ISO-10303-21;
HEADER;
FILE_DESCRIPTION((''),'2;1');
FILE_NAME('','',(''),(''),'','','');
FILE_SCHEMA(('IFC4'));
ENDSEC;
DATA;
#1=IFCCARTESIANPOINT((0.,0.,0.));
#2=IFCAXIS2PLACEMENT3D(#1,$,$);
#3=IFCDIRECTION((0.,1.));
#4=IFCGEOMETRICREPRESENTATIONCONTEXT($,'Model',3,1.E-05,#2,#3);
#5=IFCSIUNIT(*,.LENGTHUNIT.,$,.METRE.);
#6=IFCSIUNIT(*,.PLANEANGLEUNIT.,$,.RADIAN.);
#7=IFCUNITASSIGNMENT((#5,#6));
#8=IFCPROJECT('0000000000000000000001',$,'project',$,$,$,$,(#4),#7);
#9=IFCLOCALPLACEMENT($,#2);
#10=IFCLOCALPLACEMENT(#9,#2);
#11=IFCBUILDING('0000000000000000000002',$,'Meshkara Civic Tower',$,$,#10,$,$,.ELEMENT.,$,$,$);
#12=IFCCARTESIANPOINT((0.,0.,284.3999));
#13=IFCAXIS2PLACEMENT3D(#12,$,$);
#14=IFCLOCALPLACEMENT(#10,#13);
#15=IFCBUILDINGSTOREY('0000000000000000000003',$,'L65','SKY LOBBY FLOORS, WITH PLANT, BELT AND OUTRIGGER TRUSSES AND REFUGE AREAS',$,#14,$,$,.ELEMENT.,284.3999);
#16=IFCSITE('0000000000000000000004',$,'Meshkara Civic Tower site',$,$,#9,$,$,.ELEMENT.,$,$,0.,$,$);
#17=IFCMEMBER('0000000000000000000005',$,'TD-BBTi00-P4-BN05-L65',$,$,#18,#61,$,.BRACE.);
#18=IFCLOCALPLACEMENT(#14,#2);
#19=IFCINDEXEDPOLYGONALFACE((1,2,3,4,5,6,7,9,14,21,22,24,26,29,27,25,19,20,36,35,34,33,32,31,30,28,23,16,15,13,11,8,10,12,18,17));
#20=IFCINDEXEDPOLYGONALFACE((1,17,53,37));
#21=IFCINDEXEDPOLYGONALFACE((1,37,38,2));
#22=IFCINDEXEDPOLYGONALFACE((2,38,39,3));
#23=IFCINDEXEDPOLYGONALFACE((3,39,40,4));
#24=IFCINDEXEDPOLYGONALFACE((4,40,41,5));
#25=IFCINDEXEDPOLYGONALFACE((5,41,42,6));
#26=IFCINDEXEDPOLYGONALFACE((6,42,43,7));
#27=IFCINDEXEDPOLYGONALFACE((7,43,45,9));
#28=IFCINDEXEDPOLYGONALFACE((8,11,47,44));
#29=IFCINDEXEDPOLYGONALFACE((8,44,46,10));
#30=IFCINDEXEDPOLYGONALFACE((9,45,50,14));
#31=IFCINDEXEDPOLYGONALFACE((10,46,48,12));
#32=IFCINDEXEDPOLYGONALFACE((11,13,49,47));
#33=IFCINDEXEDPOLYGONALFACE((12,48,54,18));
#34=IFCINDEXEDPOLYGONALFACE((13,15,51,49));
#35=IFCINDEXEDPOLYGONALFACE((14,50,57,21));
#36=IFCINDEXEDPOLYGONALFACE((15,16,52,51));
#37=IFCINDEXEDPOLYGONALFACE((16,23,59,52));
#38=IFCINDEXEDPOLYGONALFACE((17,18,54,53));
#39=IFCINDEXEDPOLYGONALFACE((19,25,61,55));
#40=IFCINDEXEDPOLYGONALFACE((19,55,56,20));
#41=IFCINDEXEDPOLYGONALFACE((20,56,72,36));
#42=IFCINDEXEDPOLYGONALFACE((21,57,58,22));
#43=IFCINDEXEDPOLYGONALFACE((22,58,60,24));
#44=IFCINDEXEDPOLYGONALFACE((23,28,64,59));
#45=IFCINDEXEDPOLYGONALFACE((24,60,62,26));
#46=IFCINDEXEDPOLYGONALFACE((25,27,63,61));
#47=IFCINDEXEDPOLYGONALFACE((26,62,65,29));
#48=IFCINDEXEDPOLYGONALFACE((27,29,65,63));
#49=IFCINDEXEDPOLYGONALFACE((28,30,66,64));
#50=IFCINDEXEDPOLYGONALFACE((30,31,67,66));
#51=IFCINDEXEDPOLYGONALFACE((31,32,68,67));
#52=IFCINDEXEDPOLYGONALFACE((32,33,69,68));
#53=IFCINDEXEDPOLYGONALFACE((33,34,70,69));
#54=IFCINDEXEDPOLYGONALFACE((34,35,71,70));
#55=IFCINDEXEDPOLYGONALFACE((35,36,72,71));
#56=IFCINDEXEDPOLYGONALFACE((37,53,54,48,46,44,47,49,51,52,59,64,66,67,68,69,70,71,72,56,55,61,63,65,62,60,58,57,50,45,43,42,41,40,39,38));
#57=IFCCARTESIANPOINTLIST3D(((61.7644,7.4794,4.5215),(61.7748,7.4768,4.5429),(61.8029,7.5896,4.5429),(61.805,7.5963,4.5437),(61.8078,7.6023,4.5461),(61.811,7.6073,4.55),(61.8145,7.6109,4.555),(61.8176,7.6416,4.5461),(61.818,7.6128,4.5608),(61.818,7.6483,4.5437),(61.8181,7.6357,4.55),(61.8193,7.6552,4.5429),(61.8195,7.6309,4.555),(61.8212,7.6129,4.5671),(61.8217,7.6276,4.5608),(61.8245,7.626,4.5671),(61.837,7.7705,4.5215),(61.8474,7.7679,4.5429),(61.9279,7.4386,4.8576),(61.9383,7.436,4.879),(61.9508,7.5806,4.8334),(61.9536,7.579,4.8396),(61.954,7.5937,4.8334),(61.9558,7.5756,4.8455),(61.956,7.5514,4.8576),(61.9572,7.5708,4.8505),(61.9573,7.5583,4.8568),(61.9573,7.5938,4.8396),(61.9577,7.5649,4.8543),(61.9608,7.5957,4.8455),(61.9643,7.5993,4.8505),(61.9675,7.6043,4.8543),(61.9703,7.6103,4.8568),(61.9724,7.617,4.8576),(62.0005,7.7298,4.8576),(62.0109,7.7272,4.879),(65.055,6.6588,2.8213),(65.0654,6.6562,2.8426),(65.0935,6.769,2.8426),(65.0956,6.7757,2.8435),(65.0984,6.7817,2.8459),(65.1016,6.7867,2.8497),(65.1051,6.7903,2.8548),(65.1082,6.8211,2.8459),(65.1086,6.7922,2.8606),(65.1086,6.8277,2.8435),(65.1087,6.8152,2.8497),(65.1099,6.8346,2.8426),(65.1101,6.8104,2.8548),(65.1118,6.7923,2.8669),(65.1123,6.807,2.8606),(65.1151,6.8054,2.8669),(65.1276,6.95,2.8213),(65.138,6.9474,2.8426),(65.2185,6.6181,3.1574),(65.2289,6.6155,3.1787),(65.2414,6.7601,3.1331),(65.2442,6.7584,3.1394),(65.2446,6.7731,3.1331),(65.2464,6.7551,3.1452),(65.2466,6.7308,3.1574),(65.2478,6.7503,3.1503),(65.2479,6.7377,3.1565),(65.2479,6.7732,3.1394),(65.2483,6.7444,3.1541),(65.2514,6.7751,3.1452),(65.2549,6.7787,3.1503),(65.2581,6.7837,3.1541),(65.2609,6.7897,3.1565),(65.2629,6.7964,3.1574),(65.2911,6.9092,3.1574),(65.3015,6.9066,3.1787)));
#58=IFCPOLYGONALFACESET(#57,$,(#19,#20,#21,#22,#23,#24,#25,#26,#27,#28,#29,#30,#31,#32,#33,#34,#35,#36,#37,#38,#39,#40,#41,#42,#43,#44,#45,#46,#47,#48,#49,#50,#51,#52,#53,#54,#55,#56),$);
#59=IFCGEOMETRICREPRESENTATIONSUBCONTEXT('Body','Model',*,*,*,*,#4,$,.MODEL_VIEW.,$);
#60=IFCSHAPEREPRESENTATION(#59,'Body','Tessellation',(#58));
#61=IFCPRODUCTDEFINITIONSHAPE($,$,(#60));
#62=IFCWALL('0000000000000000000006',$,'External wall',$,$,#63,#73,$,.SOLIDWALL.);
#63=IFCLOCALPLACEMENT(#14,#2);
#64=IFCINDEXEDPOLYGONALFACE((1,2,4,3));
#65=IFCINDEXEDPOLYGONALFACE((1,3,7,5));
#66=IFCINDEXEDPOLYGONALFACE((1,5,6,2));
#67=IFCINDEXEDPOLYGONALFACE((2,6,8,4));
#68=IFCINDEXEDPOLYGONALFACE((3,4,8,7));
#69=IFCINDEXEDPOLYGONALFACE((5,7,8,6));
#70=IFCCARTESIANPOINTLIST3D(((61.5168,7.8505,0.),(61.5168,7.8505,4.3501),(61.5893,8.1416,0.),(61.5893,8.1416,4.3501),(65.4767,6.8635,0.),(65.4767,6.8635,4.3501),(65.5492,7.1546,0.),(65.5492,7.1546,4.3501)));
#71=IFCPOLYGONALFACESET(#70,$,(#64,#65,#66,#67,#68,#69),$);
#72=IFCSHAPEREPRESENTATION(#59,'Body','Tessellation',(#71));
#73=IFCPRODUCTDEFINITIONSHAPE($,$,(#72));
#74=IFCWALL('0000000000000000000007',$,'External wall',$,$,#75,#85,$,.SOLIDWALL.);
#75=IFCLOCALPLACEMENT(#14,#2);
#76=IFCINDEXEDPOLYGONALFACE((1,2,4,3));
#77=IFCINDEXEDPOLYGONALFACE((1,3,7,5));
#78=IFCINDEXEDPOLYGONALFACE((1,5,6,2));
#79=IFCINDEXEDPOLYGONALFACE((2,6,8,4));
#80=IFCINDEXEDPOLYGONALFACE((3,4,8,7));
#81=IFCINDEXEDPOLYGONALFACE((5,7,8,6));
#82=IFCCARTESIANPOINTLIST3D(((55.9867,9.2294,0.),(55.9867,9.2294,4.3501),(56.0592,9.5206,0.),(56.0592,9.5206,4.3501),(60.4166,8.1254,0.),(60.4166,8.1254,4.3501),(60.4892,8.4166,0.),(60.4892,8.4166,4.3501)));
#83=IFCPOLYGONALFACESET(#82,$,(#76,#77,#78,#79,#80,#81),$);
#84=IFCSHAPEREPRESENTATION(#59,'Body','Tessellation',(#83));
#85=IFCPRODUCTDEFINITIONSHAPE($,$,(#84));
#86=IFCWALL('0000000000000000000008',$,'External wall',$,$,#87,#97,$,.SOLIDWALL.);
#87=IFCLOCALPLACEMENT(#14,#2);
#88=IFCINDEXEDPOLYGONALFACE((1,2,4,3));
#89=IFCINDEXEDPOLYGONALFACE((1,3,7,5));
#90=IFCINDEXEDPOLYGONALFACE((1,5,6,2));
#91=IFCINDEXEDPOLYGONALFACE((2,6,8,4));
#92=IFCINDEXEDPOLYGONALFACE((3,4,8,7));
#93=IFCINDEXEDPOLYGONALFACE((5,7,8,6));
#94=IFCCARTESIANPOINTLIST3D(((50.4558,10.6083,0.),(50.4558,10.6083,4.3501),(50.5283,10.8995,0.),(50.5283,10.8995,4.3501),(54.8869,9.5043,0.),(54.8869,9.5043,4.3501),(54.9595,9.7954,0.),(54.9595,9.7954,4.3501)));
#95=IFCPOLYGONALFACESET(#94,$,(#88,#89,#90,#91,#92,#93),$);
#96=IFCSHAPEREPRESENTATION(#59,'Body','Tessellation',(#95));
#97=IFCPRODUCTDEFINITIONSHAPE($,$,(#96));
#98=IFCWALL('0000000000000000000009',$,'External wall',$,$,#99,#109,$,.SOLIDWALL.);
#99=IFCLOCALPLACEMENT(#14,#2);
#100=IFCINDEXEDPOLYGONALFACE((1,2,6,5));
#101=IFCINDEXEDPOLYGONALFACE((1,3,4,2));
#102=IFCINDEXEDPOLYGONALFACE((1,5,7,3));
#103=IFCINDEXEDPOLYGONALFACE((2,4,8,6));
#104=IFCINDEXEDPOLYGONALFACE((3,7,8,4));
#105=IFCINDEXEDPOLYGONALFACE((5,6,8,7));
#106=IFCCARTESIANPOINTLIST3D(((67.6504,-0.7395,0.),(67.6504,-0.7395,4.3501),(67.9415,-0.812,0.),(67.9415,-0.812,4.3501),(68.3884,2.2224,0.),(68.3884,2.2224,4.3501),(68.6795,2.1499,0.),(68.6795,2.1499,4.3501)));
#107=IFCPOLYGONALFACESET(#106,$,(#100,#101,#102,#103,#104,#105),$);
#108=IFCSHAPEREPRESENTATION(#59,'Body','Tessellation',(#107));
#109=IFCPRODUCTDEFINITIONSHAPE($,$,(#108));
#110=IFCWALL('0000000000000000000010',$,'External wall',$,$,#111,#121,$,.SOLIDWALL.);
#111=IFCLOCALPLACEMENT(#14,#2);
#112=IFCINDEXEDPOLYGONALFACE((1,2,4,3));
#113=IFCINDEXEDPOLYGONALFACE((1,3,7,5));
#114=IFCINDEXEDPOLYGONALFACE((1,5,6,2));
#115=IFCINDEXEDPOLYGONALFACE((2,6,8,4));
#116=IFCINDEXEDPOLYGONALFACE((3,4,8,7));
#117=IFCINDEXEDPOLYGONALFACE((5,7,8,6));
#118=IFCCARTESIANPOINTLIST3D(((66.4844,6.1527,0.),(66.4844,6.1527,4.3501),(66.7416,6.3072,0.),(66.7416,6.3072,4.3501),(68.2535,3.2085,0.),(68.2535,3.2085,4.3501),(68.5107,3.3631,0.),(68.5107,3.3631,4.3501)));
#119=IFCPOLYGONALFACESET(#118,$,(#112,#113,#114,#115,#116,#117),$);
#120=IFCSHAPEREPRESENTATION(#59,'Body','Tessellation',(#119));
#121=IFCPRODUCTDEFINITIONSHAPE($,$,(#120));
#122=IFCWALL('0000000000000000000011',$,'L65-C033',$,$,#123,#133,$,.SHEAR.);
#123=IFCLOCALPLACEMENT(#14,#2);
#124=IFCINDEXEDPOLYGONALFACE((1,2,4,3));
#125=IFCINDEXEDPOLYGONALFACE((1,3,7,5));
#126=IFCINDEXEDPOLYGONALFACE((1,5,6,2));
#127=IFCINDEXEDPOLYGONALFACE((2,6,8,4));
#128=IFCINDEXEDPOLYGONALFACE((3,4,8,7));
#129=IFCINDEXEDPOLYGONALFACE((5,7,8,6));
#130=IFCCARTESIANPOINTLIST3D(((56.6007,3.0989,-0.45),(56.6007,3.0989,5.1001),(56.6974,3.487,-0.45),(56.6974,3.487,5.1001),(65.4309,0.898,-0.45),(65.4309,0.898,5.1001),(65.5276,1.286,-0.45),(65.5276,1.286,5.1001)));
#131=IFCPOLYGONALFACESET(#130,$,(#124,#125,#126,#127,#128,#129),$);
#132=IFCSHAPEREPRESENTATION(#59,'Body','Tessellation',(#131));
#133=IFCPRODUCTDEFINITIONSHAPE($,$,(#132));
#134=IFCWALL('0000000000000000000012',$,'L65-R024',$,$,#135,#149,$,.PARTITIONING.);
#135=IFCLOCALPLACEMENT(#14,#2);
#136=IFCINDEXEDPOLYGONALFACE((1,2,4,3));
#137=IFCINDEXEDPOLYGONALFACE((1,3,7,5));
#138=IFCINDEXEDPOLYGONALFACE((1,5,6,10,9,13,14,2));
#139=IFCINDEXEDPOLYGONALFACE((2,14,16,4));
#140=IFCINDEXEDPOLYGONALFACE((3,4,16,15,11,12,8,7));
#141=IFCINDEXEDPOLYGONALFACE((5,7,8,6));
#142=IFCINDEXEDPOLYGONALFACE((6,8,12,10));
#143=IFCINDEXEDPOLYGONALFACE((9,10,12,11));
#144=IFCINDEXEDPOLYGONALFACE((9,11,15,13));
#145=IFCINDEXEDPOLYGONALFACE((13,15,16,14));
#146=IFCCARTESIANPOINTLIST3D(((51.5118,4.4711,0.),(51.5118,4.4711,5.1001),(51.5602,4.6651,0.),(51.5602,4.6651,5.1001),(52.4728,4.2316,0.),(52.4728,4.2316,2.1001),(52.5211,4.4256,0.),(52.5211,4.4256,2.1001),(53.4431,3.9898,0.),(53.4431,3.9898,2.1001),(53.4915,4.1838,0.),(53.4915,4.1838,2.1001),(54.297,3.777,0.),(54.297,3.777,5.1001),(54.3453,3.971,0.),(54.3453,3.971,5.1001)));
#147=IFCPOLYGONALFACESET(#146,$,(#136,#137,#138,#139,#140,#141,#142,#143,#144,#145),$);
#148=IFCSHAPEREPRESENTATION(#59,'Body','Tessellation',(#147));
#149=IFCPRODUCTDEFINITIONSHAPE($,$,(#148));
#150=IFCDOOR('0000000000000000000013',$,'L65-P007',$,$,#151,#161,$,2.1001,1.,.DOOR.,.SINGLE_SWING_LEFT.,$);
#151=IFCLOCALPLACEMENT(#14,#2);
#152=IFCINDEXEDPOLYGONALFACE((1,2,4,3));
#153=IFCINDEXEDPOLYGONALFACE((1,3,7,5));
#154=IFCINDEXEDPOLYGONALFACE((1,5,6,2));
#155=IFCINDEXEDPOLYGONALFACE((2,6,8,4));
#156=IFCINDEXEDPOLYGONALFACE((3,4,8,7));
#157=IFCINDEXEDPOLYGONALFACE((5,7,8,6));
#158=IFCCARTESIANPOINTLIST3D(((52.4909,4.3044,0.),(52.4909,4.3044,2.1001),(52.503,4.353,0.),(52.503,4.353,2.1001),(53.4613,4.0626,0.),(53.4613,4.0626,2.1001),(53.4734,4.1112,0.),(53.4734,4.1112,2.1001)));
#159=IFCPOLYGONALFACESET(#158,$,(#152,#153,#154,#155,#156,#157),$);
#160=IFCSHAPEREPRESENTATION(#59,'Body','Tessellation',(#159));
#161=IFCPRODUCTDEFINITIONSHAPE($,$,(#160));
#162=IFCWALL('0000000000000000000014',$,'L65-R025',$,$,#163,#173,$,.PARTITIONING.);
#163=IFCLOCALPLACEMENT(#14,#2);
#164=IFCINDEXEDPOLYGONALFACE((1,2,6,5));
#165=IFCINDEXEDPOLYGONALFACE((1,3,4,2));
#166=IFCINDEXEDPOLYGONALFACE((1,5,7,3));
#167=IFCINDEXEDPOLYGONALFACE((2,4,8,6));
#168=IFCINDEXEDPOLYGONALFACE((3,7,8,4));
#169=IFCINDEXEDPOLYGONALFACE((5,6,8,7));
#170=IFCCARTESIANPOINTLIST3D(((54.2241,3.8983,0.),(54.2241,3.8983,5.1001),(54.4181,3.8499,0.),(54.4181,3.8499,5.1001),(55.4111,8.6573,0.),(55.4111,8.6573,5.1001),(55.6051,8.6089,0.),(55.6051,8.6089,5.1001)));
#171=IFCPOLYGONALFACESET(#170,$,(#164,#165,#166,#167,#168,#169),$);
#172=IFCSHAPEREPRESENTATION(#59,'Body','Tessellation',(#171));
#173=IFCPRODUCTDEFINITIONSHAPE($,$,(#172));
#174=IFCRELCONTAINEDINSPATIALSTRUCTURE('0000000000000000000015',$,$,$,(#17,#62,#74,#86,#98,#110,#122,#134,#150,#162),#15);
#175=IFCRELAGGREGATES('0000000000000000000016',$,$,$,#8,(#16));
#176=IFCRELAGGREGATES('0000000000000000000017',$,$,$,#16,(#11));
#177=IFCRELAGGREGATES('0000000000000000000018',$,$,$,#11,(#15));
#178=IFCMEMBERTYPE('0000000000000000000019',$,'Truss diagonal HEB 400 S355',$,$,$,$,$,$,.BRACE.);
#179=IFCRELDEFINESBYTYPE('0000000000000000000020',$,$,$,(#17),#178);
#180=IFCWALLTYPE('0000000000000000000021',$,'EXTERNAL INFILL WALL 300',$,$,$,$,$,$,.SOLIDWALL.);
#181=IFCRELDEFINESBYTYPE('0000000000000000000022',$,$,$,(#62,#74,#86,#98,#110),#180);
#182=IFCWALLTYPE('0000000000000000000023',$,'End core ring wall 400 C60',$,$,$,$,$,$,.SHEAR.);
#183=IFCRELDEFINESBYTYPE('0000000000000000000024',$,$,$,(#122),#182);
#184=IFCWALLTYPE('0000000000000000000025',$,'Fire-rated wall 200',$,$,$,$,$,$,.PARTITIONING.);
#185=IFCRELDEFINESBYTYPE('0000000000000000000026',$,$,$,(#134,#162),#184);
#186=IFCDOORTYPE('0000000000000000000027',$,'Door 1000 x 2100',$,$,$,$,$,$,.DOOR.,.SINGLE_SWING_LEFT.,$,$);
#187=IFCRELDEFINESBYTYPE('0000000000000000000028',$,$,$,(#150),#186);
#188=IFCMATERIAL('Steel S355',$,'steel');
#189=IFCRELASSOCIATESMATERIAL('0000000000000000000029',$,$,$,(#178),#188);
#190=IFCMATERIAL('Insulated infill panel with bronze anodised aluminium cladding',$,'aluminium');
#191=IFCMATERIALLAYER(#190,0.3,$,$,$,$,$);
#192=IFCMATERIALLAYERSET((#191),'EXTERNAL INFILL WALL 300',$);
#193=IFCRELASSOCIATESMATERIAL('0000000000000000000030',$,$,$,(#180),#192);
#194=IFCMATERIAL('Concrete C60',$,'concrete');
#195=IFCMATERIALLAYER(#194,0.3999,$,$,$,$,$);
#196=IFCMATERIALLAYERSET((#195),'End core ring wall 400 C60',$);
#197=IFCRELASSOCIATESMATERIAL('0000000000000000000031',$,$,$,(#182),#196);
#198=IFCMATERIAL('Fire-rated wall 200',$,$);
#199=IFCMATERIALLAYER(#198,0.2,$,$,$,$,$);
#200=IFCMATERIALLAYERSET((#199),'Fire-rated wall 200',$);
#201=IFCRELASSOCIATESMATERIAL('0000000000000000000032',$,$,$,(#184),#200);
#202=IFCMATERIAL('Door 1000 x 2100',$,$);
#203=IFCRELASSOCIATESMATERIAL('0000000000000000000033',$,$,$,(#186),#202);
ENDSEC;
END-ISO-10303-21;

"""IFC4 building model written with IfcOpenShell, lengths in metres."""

from ifc_helpers import new_model, si_unit, direction, frame, frame_2d, origin, origin_2d, place, context, subcontext, project, spatial, rectangle, i_section, extrude, material, layer, layer_set, material_profile, profile_set, type_object, element, fill, save


model = new_model("IFC4")

# Units and contexts
model_context = context("Model", 3, precision=1e-05, world=origin(), true_north=direction((0.0, 1.0)))
body_context = subcontext(model_context, "Body", "Model", "MODEL_VIEW")
ifc_project = project(units=[si_unit("LENGTHUNIT", "METRE"), si_unit("PLANEANGLEUNIT", "RADIAN")], contexts=[model_context])

# Site, building, storey
site_placement = place(None, origin())
site = spatial("IfcSite", under=ifc_project, at=site_placement, Name="Meshkara Civic Tower site", CompositionType="ELEMENT", RefElevation=0.0)
building_placement = place(site_placement, origin())
building = spatial("IfcBuilding", under=site, at=building_placement, Name="Meshkara Civic Tower", CompositionType="ELEMENT")
storey_placement = place(building_placement, frame((0.0, 0.0, 284.3999)))
storey = spatial("IfcBuildingStorey", under=building, at=storey_placement, Name="L65", Description="SKY LOBBY FLOORS, WITH PLANT, BELT AND OUTRIGGER TRUSSES AND REFUGE AREAS", CompositionType="ELEMENT", Elevation=284.3999)

# Member
ifc_material_1 = material(Name="Steel S355", Category="steel")
ifc_material_profile_1 = material_profile(ifc_material_1, i_section(OverallWidth=0.3, OverallDepth=0.3999, WebThickness=0.0134, FlangeThickness=0.0239, FilletRadius=0.0271, at=origin_2d()))
ifc_profile_set_1 = profile_set([ifc_material_profile_1], Name="Steel S355")
member_type = type_object("IfcMemberType", Name="Truss diagonal HEB 400 S355", PredefinedType="BRACE", material=ifc_profile_set_1)
member_1_placement = place(storey_placement, frame((65.1782, 6.7827, 3.0), z_axis=(-0.867385, 0.216299, 0.448172), x_axis=(-0.24196, -0.970286, 0.0)))
element("IfcMember", 1, at=member_1_placement, inside=storey, type_object=member_type, Name="TD-BBTi00-P4-BN05-L65", PredefinedType="BRACE", context=body_context, shape_type="SweptSolid", body=[
    extrude(i_section(OverallWidth=0.3, OverallDepth=0.3999, WebThickness=0.0134, FlangeThickness=0.0239, FilletRadius=0.0271, at=origin_2d()), origin(), (0.0, 0.0, 1.0), 3.7937),
])

# Walls
ifc_material_2 = material(Name="Insulated infill panel with bronze anodised aluminium cladding", Category="aluminium")
ifc_layer_1 = layer(ifc_material_2, 0.3)
ifc_layer_set_1 = layer_set([ifc_layer_1], Name="EXTERNAL INFILL WALL 300")
wall_type_1 = type_object("IfcWallType", Name="EXTERNAL INFILL WALL 300", PredefinedType="SOLIDWALL", material=ifc_layer_set_1)
wall_1_placement = place(storey_placement, frame((65.5129, 7.009, 0.0), z_axis=(0.0, 0.0, 1.0), x_axis=(-0.970311, 0.24186, 0.0)))
element("IfcWall", 2, at=wall_1_placement, inside=storey, type_object=wall_type_1, Name="External wall", PredefinedType="SOLIDWALL", context=body_context, shape_type="SweptSolid", body=[
    extrude(rectangle(XDim=4.0811, YDim=0.3, at=frame_2d((2.0405, 0.0))), origin(), (0.0, 0.0, 1.0), 4.3501),
])
wall_2_placement = place(storey_placement, frame((60.4529, 8.271, 0.0), z_axis=(0.0, 0.0, 1.0), x_axis=(-0.970322, 0.241818, 0.0)))
element("IfcWall", 3, at=wall_2_placement, inside=storey, type_object=wall_type_1, Name="External wall", PredefinedType="SOLIDWALL", context=body_context, shape_type="SweptSolid", body=[
    extrude(rectangle(XDim=4.5654, YDim=0.3, at=frame_2d((2.2827, 0.0))), origin(), (0.0, 0.0, 1.0), 4.3501),
])
wall_3_placement = place(storey_placement, frame((54.9231, 9.6499, 0.0), z_axis=(0.0, 0.0, 1.0), x_axis=(-0.970337, 0.241756, 0.0)))
element("IfcWall", 4, at=wall_3_placement, inside=storey, type_object=wall_type_1, Name="External wall", PredefinedType="SOLIDWALL", context=body_context, shape_type="SweptSolid", body=[
    extrude(rectangle(XDim=4.5667, YDim=0.3, at=frame_2d((2.2832, 0.0))), origin(), (0.0, 0.0, 1.0), 4.3501),
])
wall_4_placement = place(storey_placement, frame((67.7959, -0.7759, 0.0), z_axis=(0.0, 0.0, 1.0), x_axis=(0.241783, 0.97033, 0.0)))
element("IfcWall", 5, at=wall_4_placement, inside=storey, type_object=wall_type_1, Name="External wall", PredefinedType="SOLIDWALL", context=body_context, shape_type="SweptSolid", body=[
    extrude(rectangle(XDim=3.0525, YDim=0.3, at=frame_2d((1.5264, 0.0))), origin(), (0.0, 0.0, 1.0), 4.3501),
])
wall_5_placement = place(storey_placement, frame((68.3821, 3.2859, 0.0), z_axis=(0.0, 0.0, 1.0), x_axis=(-0.51505, 0.85716, 0.0)))
element("IfcWall", 6, at=wall_5_placement, inside=storey, type_object=wall_type_1, Name="External wall", PredefinedType="SOLIDWALL", context=body_context, shape_type="SweptSolid", body=[
    extrude(rectangle(XDim=3.4348, YDim=0.3, at=frame_2d((1.7173, 0.0))), origin(), (0.0, 0.0, 1.0), 4.3501),
])
ifc_material_3 = material(Name="Concrete C60", Category="concrete")
ifc_layer_2 = layer(ifc_material_3, 0.3999)
ifc_layer_set_2 = layer_set([ifc_layer_2], Name="End core ring wall 400 C60")
wall_type_2 = type_object("IfcWallType", Name="End core ring wall 400 C60", PredefinedType="SHEAR", material=ifc_layer_set_2)
wall_6_placement = place(storey_placement, frame((56.6489, 3.293, -0.45), z_axis=(0.0, 0.0, 1.0), x_axis=(0.970313, -0.241854, 0.0)))
element("IfcWall", 7, at=wall_6_placement, inside=storey, type_object=wall_type_2, Name="L65-C033", PredefinedType="SHEAR", context=body_context, shape_type="SweptSolid", body=[
    extrude(rectangle(XDim=9.1003, YDim=0.3999, at=frame_2d((4.5503, 0.0))), origin(), (0.0, 0.0, 1.0), 5.55),
])

# Wall, opening, door
ifc_material_4 = material(Name="Fire-rated wall 200")
ifc_layer_3 = layer(ifc_material_4, 0.2)
ifc_layer_set_3 = layer_set([ifc_layer_3], Name="Fire-rated wall 200")
wall_type_3 = type_object("IfcWallType", Name="Fire-rated wall 200", PredefinedType="PARTITIONING", material=ifc_layer_set_3)
wall_7_placement = place(storey_placement, frame((54.321, 3.874, 0.0), z_axis=(0.0, 0.0, 1.0), x_axis=(-0.970322, 0.241815, 0.0)))
wall_7 = element("IfcWall", 8, at=wall_7_placement, inside=storey, type_object=wall_type_3, Name="L65-R024", PredefinedType="PARTITIONING", context=body_context, shape_type="SweptSolid", body=[
    extrude(rectangle(XDim=2.8704, YDim=0.2, at=frame_2d((1.4351, 0.0))), origin(), (0.0, 0.0, 1.0), 5.1001),
])
opening_1_placement = place(wall_7_placement, frame((0.8799, 0.0, 0.0)))
opening_1 = element("IfcOpeningElement", 9, at=opening_1_placement, cuts=wall_7, PredefinedType="OPENING", context=body_context, shape_type="SweptSolid", body=[
    extrude(rectangle(XDim=1.0, YDim=2.1001, at=frame_2d((0.5, 1.05))), frame((0.0, 0.1099, 0.0), z_axis=(0.0, -1.0, 0.0), x_axis=(1.0, 0.0, 0.0)), (0.0, 0.0, 1.0), 0.22),
])
ifc_material_5 = material(Name="Door 1000 x 2100")
door_type_1 = type_object("IfcDoorType", Name="Door 1000 x 2100", OperationType="SINGLE_SWING_LEFT", PredefinedType="DOOR", material=ifc_material_5)
door_1_placement = place(opening_1_placement, origin())
door_1 = element("IfcDoor", 10, at=door_1_placement, inside=storey, type_object=door_type_1, Name="L65-P007", OperationType="SINGLE_SWING_LEFT", OverallHeight=2.1001, OverallWidth=1.0, PredefinedType="DOOR", context=body_context, shape_type="SweptSolid", body=[
    extrude(rectangle(XDim=1.0, YDim=2.1001, at=frame_2d((0.5, 1.05))), frame((0.0, 0.0249, 0.0), z_axis=(0.0, -1.0, 0.0), x_axis=(1.0, 0.0, 0.0)), (0.0, 0.0, 1.0), 0.05),
])
fill(opening_1, door_1)

# Wall
wall_8_placement = place(storey_placement, frame((55.5081, 8.6331, 0.0), z_axis=(0.0, 0.0, 1.0), x_axis=(-0.242009, -0.970274, 0.0)))
element("IfcWall", 11, at=wall_8_placement, inside=storey, type_object=wall_type_3, Name="L65-R025", PredefinedType="PARTITIONING", context=body_context, shape_type="SweptSolid", body=[
    extrude(rectangle(XDim=4.9048, YDim=0.2, at=frame_2d((2.4524, 0.0))), origin(), (0.0, 0.0, 1.0), 5.1001),
])

save(model, "model.ifc")
